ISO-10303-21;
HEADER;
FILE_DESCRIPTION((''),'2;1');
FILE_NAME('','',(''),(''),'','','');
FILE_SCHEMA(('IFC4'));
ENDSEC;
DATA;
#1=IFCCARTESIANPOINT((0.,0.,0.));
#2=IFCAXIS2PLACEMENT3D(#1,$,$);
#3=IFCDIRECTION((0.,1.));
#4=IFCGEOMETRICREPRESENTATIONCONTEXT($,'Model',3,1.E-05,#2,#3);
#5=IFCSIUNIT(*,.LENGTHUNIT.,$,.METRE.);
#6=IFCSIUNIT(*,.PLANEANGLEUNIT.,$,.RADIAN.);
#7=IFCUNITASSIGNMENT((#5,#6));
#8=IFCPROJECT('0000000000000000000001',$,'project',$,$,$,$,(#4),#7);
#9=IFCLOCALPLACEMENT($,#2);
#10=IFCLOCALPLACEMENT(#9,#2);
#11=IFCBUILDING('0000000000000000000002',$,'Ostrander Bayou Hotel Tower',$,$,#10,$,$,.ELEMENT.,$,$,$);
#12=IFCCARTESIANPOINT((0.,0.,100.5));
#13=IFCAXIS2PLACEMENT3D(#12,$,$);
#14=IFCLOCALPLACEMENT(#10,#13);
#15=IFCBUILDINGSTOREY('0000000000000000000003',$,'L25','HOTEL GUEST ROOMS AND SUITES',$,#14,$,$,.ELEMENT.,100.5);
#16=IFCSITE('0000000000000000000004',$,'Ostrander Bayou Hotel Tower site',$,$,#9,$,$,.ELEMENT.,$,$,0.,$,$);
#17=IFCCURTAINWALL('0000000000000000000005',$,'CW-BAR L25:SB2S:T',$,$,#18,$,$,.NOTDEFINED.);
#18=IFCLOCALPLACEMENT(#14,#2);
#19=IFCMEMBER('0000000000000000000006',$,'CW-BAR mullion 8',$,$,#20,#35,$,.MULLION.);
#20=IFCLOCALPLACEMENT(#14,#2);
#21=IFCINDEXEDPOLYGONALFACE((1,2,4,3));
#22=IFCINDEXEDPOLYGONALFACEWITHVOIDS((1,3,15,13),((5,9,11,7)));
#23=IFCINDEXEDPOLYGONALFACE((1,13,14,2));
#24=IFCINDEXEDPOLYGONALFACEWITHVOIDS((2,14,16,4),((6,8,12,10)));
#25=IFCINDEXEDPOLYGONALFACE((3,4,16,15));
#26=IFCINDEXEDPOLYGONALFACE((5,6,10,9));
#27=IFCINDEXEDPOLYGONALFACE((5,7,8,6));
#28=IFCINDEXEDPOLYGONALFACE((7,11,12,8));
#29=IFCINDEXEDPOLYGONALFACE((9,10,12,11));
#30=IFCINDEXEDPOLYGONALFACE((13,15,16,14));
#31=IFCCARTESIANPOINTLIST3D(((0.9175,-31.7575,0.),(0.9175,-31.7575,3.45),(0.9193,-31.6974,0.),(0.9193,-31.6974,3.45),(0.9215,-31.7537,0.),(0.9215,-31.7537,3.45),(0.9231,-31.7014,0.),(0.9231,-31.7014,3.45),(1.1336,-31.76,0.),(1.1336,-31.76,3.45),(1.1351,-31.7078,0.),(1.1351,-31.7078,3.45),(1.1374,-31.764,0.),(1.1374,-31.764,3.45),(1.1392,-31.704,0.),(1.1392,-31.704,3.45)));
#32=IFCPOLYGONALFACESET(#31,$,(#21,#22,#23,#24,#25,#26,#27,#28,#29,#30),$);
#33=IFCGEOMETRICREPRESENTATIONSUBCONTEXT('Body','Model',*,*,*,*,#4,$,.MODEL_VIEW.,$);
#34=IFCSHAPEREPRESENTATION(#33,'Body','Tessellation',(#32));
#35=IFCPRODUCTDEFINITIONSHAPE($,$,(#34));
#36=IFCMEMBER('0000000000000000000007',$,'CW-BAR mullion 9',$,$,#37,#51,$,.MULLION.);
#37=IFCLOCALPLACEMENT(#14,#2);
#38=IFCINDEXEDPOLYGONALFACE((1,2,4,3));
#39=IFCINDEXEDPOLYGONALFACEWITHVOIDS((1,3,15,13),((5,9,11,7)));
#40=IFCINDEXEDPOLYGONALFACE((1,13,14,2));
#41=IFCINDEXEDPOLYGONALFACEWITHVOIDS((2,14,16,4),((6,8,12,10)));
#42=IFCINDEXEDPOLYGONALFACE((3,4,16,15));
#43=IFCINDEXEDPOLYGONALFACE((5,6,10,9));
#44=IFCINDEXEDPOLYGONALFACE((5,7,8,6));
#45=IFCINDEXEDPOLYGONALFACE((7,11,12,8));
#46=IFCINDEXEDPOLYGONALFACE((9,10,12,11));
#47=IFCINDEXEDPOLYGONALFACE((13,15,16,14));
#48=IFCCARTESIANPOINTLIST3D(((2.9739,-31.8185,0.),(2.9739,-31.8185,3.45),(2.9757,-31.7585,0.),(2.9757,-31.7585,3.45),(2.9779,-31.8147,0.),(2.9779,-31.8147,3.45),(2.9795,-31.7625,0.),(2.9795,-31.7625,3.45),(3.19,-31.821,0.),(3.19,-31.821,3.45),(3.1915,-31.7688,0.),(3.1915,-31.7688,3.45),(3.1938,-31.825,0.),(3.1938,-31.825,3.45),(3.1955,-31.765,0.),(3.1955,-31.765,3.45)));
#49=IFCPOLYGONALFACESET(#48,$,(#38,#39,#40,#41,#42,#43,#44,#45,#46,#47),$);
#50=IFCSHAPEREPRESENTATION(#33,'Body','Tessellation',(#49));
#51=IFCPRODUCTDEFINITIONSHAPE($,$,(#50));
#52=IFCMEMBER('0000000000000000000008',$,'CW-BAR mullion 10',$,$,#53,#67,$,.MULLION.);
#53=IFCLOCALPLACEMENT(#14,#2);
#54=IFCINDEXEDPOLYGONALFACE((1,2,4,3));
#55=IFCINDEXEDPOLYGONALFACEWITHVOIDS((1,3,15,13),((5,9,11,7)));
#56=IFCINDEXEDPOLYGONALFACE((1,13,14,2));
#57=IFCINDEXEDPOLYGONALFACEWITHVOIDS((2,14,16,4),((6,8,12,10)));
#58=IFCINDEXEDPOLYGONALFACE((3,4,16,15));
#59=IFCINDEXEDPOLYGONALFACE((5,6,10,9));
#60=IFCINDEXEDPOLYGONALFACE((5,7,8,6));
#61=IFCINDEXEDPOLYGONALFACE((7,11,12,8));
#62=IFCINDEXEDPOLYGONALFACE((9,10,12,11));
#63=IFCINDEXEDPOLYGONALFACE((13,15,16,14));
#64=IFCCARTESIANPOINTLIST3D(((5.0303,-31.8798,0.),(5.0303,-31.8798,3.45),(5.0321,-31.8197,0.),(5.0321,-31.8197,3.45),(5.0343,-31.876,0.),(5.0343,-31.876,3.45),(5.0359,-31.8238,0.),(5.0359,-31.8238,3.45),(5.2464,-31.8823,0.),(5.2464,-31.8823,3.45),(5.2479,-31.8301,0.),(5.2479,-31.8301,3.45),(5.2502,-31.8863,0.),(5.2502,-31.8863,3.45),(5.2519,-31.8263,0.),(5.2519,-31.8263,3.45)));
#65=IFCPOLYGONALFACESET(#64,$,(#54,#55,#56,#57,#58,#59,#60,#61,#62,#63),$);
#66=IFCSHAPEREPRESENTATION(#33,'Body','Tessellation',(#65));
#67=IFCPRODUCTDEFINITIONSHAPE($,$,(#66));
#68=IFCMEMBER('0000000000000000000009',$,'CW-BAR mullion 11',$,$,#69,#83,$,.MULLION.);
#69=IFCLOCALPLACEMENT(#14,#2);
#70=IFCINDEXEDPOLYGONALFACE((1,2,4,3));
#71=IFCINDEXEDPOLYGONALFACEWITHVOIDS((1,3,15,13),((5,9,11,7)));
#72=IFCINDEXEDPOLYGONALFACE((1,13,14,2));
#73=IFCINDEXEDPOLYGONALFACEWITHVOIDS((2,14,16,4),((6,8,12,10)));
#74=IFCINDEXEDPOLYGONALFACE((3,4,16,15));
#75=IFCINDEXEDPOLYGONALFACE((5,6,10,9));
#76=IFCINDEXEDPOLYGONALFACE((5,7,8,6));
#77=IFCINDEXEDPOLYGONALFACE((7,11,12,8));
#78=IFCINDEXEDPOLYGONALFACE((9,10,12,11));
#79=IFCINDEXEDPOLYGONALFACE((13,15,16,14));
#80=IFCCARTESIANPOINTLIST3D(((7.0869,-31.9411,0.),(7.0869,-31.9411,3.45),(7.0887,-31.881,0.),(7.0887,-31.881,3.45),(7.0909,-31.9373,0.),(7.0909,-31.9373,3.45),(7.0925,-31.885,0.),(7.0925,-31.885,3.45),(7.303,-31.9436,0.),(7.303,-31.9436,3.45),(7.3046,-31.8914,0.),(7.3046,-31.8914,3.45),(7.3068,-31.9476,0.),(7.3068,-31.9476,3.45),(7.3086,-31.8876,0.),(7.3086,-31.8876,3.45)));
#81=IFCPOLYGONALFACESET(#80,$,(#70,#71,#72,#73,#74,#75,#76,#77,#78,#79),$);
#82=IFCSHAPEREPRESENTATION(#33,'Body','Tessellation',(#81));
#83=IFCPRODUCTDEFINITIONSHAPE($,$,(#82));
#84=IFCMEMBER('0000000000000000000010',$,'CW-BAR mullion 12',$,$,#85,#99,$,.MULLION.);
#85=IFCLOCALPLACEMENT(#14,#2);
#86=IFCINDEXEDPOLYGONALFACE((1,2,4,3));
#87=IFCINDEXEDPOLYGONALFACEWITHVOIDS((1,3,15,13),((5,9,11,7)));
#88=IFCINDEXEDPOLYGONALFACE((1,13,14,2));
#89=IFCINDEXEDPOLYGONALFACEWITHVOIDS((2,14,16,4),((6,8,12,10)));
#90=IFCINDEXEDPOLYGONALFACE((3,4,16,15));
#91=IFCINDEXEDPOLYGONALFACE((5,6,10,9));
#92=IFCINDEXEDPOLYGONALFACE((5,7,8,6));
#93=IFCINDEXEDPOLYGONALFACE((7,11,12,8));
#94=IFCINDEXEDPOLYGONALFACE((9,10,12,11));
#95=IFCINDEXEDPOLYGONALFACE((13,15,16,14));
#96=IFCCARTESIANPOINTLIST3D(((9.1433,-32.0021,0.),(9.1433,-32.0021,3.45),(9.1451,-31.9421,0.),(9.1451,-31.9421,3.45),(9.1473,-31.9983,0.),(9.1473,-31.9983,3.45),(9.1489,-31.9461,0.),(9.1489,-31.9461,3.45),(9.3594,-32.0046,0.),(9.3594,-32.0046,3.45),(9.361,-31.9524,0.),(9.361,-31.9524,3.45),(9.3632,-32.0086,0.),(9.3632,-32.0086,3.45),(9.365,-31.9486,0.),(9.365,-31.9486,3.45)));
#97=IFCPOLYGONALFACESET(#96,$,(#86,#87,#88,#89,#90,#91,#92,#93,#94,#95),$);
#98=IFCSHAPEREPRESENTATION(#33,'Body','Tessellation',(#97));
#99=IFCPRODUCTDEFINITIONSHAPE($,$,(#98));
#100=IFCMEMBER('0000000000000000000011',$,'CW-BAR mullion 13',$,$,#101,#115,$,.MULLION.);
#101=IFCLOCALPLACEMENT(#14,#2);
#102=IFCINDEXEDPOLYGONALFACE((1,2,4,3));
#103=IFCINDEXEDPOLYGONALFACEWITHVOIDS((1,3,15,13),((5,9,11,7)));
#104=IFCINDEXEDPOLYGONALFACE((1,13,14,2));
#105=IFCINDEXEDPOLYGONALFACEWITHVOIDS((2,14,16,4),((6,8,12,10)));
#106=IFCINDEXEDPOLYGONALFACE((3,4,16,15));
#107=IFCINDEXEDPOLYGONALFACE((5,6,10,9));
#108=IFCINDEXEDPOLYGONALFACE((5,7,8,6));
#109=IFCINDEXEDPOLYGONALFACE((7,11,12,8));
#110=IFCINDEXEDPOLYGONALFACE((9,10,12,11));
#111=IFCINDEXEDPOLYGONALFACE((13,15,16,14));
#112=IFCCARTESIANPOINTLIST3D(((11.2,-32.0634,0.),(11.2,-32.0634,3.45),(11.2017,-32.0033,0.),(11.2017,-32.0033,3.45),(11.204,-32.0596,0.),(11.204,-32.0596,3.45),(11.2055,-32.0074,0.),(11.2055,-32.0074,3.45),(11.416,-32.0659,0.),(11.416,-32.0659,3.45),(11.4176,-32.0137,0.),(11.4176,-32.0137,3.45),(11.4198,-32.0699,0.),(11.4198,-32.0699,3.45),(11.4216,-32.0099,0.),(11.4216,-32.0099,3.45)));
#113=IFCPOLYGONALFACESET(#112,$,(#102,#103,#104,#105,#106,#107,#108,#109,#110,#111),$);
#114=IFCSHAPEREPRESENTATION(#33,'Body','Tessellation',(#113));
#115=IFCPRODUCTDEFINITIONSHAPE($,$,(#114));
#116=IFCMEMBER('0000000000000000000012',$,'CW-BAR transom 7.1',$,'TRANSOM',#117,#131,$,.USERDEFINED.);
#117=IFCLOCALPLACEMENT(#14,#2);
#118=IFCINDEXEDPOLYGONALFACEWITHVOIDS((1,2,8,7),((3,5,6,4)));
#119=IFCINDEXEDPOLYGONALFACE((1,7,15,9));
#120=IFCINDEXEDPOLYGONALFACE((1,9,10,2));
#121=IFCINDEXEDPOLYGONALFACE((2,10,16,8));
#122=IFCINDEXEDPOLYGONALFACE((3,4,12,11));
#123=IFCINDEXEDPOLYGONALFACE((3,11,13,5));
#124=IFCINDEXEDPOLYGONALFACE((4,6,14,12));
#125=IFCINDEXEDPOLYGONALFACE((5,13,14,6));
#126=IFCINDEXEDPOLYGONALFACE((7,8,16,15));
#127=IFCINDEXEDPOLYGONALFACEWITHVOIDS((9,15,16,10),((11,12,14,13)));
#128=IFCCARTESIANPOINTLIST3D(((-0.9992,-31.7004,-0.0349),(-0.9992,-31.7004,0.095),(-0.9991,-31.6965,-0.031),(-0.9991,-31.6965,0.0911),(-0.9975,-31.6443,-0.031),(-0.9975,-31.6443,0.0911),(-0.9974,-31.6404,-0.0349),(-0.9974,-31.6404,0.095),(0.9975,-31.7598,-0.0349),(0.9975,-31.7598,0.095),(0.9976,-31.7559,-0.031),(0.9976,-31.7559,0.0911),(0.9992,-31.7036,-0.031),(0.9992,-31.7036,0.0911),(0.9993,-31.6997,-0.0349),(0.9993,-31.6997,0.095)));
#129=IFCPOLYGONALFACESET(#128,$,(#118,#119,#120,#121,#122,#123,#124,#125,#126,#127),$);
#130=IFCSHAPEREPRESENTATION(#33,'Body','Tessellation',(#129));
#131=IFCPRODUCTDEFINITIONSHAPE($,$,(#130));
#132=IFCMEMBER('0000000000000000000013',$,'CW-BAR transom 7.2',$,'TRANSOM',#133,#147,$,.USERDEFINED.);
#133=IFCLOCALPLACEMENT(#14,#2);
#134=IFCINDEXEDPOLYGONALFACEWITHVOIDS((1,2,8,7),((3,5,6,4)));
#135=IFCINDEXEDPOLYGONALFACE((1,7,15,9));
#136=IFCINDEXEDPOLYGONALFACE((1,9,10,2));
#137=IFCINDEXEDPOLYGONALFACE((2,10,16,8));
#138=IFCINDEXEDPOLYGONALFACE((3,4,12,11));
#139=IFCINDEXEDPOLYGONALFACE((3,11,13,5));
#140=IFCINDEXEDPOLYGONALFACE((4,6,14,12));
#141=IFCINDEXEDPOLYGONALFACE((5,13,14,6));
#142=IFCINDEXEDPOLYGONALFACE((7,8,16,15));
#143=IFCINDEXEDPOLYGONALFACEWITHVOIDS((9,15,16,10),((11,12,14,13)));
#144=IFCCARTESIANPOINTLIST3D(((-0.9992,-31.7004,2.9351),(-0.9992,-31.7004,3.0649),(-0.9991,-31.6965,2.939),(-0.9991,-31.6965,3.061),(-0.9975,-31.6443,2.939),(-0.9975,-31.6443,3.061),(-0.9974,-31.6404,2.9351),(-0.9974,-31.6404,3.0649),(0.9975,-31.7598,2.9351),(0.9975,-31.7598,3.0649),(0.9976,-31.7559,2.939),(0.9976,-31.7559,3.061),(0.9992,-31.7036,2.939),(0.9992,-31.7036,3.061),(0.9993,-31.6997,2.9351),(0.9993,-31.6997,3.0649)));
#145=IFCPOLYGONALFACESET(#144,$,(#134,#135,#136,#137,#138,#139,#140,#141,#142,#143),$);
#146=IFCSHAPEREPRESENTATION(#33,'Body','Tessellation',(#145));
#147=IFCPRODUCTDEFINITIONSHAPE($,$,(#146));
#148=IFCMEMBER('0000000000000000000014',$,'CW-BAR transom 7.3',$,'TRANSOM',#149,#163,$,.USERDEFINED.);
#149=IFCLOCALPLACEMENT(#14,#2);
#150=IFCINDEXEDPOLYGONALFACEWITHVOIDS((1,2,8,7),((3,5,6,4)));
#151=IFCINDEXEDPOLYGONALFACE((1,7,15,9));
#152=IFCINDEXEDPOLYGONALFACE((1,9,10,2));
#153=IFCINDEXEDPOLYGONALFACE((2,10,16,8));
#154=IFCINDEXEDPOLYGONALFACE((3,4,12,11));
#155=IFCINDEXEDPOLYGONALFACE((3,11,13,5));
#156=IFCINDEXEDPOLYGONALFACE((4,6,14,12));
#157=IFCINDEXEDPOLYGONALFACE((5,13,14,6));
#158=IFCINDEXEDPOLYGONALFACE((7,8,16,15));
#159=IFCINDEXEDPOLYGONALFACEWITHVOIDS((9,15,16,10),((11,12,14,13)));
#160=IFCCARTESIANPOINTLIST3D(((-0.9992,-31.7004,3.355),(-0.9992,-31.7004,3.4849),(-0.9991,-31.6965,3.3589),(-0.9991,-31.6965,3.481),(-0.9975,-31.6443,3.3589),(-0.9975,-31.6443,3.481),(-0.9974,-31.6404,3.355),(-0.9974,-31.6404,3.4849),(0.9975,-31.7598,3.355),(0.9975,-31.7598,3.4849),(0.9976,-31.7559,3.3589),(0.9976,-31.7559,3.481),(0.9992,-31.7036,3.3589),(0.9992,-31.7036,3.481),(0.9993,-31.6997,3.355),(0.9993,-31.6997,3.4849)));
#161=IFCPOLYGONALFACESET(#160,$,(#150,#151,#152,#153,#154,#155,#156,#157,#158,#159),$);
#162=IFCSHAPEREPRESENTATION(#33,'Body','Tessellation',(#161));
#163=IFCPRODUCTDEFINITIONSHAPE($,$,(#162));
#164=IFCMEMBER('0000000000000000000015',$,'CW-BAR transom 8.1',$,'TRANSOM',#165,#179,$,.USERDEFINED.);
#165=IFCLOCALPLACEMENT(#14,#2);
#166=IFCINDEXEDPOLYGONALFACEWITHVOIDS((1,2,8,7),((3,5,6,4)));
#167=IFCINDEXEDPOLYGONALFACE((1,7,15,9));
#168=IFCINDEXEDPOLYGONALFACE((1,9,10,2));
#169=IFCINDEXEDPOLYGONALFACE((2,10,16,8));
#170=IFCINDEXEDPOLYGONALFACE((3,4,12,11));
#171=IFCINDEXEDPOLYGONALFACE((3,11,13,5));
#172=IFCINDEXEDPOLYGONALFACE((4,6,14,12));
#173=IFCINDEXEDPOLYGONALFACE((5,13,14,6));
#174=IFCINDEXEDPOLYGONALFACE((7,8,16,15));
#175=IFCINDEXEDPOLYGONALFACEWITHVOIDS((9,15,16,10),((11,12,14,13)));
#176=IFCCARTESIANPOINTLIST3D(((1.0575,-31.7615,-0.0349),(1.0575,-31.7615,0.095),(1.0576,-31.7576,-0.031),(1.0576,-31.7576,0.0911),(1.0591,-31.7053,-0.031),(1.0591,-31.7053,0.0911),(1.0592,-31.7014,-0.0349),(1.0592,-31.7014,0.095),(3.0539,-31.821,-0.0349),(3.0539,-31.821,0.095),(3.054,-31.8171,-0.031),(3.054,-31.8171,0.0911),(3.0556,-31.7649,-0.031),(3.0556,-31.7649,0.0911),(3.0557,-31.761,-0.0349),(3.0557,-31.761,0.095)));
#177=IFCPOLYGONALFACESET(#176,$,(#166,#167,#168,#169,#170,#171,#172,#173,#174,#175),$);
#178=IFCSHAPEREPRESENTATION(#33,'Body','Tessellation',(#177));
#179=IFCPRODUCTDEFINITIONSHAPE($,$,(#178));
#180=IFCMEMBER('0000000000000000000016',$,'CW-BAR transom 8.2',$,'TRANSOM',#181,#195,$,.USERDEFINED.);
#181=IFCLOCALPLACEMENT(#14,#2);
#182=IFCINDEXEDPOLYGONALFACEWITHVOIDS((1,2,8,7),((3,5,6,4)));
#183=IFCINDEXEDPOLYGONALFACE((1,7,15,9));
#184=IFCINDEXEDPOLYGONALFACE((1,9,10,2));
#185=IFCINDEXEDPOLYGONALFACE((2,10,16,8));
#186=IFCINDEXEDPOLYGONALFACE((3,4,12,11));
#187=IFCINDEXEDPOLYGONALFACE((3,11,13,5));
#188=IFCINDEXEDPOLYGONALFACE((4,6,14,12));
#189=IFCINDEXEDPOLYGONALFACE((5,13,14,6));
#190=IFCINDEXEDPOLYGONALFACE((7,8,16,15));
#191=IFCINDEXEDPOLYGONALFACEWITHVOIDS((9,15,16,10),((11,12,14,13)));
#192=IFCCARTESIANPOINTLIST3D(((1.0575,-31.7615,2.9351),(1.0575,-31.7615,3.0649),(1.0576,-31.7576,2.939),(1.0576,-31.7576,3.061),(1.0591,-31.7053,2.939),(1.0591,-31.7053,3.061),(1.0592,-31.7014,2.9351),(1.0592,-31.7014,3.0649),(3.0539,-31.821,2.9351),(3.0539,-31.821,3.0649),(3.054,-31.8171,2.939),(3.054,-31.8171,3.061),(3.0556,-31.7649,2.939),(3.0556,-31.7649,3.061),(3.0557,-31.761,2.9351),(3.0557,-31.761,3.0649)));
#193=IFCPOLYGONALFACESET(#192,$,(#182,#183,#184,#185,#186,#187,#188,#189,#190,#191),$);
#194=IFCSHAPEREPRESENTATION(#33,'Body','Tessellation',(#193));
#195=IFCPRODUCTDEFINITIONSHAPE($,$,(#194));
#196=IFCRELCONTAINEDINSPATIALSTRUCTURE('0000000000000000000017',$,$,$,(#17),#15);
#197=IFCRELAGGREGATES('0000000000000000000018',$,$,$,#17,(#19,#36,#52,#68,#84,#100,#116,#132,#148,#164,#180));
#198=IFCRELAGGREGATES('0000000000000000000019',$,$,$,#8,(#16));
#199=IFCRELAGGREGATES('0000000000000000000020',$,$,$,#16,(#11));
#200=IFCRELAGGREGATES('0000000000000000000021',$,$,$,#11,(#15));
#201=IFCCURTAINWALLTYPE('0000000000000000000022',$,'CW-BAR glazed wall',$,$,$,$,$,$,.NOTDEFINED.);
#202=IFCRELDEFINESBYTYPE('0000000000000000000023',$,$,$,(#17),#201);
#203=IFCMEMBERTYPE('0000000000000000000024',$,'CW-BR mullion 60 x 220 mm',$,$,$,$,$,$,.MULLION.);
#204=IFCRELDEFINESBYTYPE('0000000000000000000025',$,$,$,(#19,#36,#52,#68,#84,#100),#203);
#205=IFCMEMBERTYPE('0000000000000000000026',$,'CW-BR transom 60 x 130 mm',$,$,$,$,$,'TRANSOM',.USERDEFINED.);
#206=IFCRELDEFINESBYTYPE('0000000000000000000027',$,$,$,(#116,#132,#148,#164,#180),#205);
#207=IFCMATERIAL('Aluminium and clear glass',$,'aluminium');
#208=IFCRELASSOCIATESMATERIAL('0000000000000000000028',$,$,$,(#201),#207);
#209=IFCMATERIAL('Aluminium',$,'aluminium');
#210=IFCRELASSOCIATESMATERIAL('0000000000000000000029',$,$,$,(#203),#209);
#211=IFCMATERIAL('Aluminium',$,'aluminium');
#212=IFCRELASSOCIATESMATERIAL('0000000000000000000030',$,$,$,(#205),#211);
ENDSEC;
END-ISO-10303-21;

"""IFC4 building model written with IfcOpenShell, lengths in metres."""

from ifc_helpers import new_model, si_unit, direction, frame, origin, origin_2d, place, context, subcontext, project, spatial, hollow_rectangle, extrude, material, material_profile, profile_set, type_object, element, aggregate, save


model = new_model("IFC4")

# Units and contexts
model_context = context("Model", 3, precision=1e-05, world=origin(), true_north=direction((0.0, 1.0)))
body_context = subcontext(model_context, "Body", "Model", "MODEL_VIEW")
ifc_project = project(units=[si_unit("LENGTHUNIT", "METRE"), si_unit("PLANEANGLEUNIT", "RADIAN")], contexts=[model_context])

# Site, building, storey
site_placement = place(None, origin())
site = spatial("IfcSite", under=ifc_project, at=site_placement, Name="Ostrander Bayou Hotel Tower site", CompositionType="ELEMENT", RefElevation=0.0)
building_placement = place(site_placement, origin())
building = spatial("IfcBuilding", under=site, at=building_placement, Name="Ostrander Bayou Hotel Tower", CompositionType="ELEMENT")
storey_placement = place(building_placement, frame((0.0, 0.0, 100.5)))
storey = spatial("IfcBuildingStorey", under=building, at=storey_placement, Name="L25", Description="HOTEL GUEST ROOMS AND SUITES", CompositionType="ELEMENT", Elevation=100.5)

# Curtain wall, members
ifc_material_1 = material(Name="Aluminium and clear glass", Category="aluminium")
curtain_wall_type = type_object("IfcCurtainWallType", Name="CW-BAR glazed wall", PredefinedType="NOTDEFINED", material=ifc_material_1)
curtain_wall_placement = place(storey_placement, origin())
curtain_wall = element("IfcCurtainWall", 1, at=curtain_wall_placement, inside=storey, type_object=curtain_wall_type, Name="CW-BAR L25:SB2S:T", PredefinedType="NOTDEFINED")
ifc_material_2 = material(Name="Aluminium", Category="aluminium")
ifc_material_profile_1 = material_profile(ifc_material_2, hollow_rectangle(XDim=0.0601, YDim=0.22, WallThickness=0.0039, at=origin_2d()))
ifc_profile_set_1 = profile_set([ifc_material_profile_1], Name="Aluminium")
member_type_1 = type_object("IfcMemberType", Name="CW-BR mullion 60 x 220 mm", PredefinedType="MULLION", material=ifc_profile_set_1)
member_1_placement = place(storey_placement, frame((1.0283, -31.7307, 0.0), z_axis=(0.0, 0.0, 1.0), x_axis=(0.029746, 0.999557, 0.0)))
member_1 = element("IfcMember", 2, at=member_1_placement, type_object=member_type_1, Name="CW-BAR mullion 8", PredefinedType="MULLION", context=body_context, shape_type="SweptSolid", body=[
    extrude(hollow_rectangle(XDim=0.0601, YDim=0.22, WallThickness=0.0039, at=origin_2d()), origin(), (0.0, 0.0, 1.0), 3.45),
])
member_2_placement = place(storey_placement, frame((3.0847, -31.7917, 0.0), z_axis=(0.0, 0.0, 1.0), x_axis=(0.029746, 0.999557, 0.0)))
member_2 = element("IfcMember", 3, at=member_2_placement, type_object=member_type_1, Name="CW-BAR mullion 9", PredefinedType="MULLION", context=body_context, shape_type="SweptSolid", body=[
    extrude(hollow_rectangle(XDim=0.0601, YDim=0.22, WallThickness=0.0039, at=origin_2d()), origin(), (0.0, 0.0, 1.0), 3.45),
])
member_3_placement = place(storey_placement, frame((5.1411, -31.853, 0.0), z_axis=(0.0, 0.0, 1.0), x_axis=(0.029746, 0.999557, 0.0)))
member_3 = element("IfcMember", 4, at=member_3_placement, type_object=member_type_1, Name="CW-BAR mullion 10", PredefinedType="MULLION", context=body_context, shape_type="SweptSolid", body=[
    extrude(hollow_rectangle(XDim=0.0601, YDim=0.22, WallThickness=0.0039, at=origin_2d()), origin(), (0.0, 0.0, 1.0), 3.45),
])
member_4_placement = place(storey_placement, frame((7.1978, -31.9143, 0.0), z_axis=(0.0, 0.0, 1.0), x_axis=(0.029746, 0.999557, 0.0)))
member_4 = element("IfcMember", 5, at=member_4_placement, type_object=member_type_1, Name="CW-BAR mullion 11", PredefinedType="MULLION", context=body_context, shape_type="SweptSolid", body=[
    extrude(hollow_rectangle(XDim=0.0601, YDim=0.22, WallThickness=0.0039, at=origin_2d()), origin(), (0.0, 0.0, 1.0), 3.45),
])
member_5_placement = place(storey_placement, frame((9.2542, -31.9753, 0.0), z_axis=(0.0, 0.0, 1.0), x_axis=(0.029746, 0.999557, 0.0)))
member_5 = element("IfcMember", 6, at=member_5_placement, type_object=member_type_1, Name="CW-BAR mullion 12", PredefinedType="MULLION", context=body_context, shape_type="SweptSolid", body=[
    extrude(hollow_rectangle(XDim=0.0601, YDim=0.22, WallThickness=0.0039, at=origin_2d()), origin(), (0.0, 0.0, 1.0), 3.45),
])
member_6_placement = place(storey_placement, frame((11.3108, -32.0366, 0.0), z_axis=(0.0, 0.0, 1.0), x_axis=(0.029746, 0.999557, 0.0)))
member_6 = element("IfcMember", 7, at=member_6_placement, type_object=member_type_1, Name="CW-BAR mullion 13", PredefinedType="MULLION", context=body_context, shape_type="SweptSolid", body=[
    extrude(hollow_rectangle(XDim=0.0601, YDim=0.22, WallThickness=0.0039, at=origin_2d()), origin(), (0.0, 0.0, 1.0), 3.45),
])
ifc_material_3 = material(Name="Aluminium", Category="aluminium")
ifc_material_profile_2 = material_profile(ifc_material_3, hollow_rectangle(XDim=0.0601, YDim=0.1299, WallThickness=0.0039, at=origin_2d()))
ifc_profile_set_2 = profile_set([ifc_material_profile_2], Name="Aluminium")
member_type_2 = type_object("IfcMemberType", Name="CW-BR transom 60 x 130 mm", ElementType="TRANSOM", PredefinedType="USERDEFINED", material=ifc_profile_set_2)
member_7_placement = place(storey_placement, frame((-0.9983, -31.6704, 0.03), z_axis=(0.999559, -0.029701, 0.0), x_axis=(0.029701, 0.999559, 0.0)))
member_7 = element("IfcMember", 8, at=member_7_placement, type_object=member_type_2, Name="CW-BAR transom 7.1", ObjectType="TRANSOM", PredefinedType="USERDEFINED", context=body_context, shape_type="SweptSolid", body=[
    extrude(hollow_rectangle(XDim=0.0601, YDim=0.1299, WallThickness=0.0039, at=origin_2d()), origin(), (0.0, 0.0, 1.0), 1.9976),
])
member_8_placement = place(storey_placement, frame((-0.9983, -31.6704, 3.0), z_axis=(0.999559, -0.029701, 0.0), x_axis=(0.029701, 0.999559, 0.0)))
member_8 = element("IfcMember", 9, at=member_8_placement, type_object=member_type_2, Name="CW-BAR transom 7.2", ObjectType="TRANSOM", PredefinedType="USERDEFINED", context=body_context, shape_type="SweptSolid", body=[
    extrude(hollow_rectangle(XDim=0.0601, YDim=0.1299, WallThickness=0.0039, at=origin_2d()), origin(), (0.0, 0.0, 1.0), 1.9976),
])
member_9_placement = place(storey_placement, frame((-0.9983, -31.6704, 3.4199), z_axis=(0.999559, -0.029701, 0.0), x_axis=(0.029701, 0.999559, 0.0)))
member_9 = element("IfcMember", 10, at=member_9_placement, type_object=member_type_2, Name="CW-BAR transom 7.3", ObjectType="TRANSOM", PredefinedType="USERDEFINED", context=body_context, shape_type="SweptSolid", body=[
    extrude(hollow_rectangle(XDim=0.0601, YDim=0.1299, WallThickness=0.0039, at=origin_2d()), origin(), (0.0, 0.0, 1.0), 1.9976),
])
member_10_placement = place(storey_placement, frame((1.0583, -31.7314, 0.03), z_axis=(0.999555, -0.029827, 0.0), x_axis=(0.029827, 0.999555, 0.0)))
member_10 = element("IfcMember", 11, at=member_10_placement, type_object=member_type_2, Name="CW-BAR transom 8.1", ObjectType="TRANSOM", PredefinedType="USERDEFINED", context=body_context, shape_type="SweptSolid", body=[
    extrude(hollow_rectangle(XDim=0.0601, YDim=0.1299, WallThickness=0.0039, at=origin_2d()), origin(), (0.0, 0.0, 1.0), 1.9973),
])
member_11_placement = place(storey_placement, frame((1.0583, -31.7314, 3.0), z_axis=(0.999555, -0.029827, 0.0), x_axis=(0.029827, 0.999555, 0.0)))
member_11 = element("IfcMember", 12, at=member_11_placement, type_object=member_type_2, Name="CW-BAR transom 8.2", ObjectType="TRANSOM", PredefinedType="USERDEFINED", context=body_context, shape_type="SweptSolid", body=[
    extrude(hollow_rectangle(XDim=0.0601, YDim=0.1299, WallThickness=0.0039, at=origin_2d()), origin(), (0.0, 0.0, 1.0), 1.9973),
])
aggregate(curtain_wall, [member_1, member_2, member_3, member_4, member_5, member_6, member_7, member_8, member_9, member_10, member_11])

save(model, "model.ifc")
